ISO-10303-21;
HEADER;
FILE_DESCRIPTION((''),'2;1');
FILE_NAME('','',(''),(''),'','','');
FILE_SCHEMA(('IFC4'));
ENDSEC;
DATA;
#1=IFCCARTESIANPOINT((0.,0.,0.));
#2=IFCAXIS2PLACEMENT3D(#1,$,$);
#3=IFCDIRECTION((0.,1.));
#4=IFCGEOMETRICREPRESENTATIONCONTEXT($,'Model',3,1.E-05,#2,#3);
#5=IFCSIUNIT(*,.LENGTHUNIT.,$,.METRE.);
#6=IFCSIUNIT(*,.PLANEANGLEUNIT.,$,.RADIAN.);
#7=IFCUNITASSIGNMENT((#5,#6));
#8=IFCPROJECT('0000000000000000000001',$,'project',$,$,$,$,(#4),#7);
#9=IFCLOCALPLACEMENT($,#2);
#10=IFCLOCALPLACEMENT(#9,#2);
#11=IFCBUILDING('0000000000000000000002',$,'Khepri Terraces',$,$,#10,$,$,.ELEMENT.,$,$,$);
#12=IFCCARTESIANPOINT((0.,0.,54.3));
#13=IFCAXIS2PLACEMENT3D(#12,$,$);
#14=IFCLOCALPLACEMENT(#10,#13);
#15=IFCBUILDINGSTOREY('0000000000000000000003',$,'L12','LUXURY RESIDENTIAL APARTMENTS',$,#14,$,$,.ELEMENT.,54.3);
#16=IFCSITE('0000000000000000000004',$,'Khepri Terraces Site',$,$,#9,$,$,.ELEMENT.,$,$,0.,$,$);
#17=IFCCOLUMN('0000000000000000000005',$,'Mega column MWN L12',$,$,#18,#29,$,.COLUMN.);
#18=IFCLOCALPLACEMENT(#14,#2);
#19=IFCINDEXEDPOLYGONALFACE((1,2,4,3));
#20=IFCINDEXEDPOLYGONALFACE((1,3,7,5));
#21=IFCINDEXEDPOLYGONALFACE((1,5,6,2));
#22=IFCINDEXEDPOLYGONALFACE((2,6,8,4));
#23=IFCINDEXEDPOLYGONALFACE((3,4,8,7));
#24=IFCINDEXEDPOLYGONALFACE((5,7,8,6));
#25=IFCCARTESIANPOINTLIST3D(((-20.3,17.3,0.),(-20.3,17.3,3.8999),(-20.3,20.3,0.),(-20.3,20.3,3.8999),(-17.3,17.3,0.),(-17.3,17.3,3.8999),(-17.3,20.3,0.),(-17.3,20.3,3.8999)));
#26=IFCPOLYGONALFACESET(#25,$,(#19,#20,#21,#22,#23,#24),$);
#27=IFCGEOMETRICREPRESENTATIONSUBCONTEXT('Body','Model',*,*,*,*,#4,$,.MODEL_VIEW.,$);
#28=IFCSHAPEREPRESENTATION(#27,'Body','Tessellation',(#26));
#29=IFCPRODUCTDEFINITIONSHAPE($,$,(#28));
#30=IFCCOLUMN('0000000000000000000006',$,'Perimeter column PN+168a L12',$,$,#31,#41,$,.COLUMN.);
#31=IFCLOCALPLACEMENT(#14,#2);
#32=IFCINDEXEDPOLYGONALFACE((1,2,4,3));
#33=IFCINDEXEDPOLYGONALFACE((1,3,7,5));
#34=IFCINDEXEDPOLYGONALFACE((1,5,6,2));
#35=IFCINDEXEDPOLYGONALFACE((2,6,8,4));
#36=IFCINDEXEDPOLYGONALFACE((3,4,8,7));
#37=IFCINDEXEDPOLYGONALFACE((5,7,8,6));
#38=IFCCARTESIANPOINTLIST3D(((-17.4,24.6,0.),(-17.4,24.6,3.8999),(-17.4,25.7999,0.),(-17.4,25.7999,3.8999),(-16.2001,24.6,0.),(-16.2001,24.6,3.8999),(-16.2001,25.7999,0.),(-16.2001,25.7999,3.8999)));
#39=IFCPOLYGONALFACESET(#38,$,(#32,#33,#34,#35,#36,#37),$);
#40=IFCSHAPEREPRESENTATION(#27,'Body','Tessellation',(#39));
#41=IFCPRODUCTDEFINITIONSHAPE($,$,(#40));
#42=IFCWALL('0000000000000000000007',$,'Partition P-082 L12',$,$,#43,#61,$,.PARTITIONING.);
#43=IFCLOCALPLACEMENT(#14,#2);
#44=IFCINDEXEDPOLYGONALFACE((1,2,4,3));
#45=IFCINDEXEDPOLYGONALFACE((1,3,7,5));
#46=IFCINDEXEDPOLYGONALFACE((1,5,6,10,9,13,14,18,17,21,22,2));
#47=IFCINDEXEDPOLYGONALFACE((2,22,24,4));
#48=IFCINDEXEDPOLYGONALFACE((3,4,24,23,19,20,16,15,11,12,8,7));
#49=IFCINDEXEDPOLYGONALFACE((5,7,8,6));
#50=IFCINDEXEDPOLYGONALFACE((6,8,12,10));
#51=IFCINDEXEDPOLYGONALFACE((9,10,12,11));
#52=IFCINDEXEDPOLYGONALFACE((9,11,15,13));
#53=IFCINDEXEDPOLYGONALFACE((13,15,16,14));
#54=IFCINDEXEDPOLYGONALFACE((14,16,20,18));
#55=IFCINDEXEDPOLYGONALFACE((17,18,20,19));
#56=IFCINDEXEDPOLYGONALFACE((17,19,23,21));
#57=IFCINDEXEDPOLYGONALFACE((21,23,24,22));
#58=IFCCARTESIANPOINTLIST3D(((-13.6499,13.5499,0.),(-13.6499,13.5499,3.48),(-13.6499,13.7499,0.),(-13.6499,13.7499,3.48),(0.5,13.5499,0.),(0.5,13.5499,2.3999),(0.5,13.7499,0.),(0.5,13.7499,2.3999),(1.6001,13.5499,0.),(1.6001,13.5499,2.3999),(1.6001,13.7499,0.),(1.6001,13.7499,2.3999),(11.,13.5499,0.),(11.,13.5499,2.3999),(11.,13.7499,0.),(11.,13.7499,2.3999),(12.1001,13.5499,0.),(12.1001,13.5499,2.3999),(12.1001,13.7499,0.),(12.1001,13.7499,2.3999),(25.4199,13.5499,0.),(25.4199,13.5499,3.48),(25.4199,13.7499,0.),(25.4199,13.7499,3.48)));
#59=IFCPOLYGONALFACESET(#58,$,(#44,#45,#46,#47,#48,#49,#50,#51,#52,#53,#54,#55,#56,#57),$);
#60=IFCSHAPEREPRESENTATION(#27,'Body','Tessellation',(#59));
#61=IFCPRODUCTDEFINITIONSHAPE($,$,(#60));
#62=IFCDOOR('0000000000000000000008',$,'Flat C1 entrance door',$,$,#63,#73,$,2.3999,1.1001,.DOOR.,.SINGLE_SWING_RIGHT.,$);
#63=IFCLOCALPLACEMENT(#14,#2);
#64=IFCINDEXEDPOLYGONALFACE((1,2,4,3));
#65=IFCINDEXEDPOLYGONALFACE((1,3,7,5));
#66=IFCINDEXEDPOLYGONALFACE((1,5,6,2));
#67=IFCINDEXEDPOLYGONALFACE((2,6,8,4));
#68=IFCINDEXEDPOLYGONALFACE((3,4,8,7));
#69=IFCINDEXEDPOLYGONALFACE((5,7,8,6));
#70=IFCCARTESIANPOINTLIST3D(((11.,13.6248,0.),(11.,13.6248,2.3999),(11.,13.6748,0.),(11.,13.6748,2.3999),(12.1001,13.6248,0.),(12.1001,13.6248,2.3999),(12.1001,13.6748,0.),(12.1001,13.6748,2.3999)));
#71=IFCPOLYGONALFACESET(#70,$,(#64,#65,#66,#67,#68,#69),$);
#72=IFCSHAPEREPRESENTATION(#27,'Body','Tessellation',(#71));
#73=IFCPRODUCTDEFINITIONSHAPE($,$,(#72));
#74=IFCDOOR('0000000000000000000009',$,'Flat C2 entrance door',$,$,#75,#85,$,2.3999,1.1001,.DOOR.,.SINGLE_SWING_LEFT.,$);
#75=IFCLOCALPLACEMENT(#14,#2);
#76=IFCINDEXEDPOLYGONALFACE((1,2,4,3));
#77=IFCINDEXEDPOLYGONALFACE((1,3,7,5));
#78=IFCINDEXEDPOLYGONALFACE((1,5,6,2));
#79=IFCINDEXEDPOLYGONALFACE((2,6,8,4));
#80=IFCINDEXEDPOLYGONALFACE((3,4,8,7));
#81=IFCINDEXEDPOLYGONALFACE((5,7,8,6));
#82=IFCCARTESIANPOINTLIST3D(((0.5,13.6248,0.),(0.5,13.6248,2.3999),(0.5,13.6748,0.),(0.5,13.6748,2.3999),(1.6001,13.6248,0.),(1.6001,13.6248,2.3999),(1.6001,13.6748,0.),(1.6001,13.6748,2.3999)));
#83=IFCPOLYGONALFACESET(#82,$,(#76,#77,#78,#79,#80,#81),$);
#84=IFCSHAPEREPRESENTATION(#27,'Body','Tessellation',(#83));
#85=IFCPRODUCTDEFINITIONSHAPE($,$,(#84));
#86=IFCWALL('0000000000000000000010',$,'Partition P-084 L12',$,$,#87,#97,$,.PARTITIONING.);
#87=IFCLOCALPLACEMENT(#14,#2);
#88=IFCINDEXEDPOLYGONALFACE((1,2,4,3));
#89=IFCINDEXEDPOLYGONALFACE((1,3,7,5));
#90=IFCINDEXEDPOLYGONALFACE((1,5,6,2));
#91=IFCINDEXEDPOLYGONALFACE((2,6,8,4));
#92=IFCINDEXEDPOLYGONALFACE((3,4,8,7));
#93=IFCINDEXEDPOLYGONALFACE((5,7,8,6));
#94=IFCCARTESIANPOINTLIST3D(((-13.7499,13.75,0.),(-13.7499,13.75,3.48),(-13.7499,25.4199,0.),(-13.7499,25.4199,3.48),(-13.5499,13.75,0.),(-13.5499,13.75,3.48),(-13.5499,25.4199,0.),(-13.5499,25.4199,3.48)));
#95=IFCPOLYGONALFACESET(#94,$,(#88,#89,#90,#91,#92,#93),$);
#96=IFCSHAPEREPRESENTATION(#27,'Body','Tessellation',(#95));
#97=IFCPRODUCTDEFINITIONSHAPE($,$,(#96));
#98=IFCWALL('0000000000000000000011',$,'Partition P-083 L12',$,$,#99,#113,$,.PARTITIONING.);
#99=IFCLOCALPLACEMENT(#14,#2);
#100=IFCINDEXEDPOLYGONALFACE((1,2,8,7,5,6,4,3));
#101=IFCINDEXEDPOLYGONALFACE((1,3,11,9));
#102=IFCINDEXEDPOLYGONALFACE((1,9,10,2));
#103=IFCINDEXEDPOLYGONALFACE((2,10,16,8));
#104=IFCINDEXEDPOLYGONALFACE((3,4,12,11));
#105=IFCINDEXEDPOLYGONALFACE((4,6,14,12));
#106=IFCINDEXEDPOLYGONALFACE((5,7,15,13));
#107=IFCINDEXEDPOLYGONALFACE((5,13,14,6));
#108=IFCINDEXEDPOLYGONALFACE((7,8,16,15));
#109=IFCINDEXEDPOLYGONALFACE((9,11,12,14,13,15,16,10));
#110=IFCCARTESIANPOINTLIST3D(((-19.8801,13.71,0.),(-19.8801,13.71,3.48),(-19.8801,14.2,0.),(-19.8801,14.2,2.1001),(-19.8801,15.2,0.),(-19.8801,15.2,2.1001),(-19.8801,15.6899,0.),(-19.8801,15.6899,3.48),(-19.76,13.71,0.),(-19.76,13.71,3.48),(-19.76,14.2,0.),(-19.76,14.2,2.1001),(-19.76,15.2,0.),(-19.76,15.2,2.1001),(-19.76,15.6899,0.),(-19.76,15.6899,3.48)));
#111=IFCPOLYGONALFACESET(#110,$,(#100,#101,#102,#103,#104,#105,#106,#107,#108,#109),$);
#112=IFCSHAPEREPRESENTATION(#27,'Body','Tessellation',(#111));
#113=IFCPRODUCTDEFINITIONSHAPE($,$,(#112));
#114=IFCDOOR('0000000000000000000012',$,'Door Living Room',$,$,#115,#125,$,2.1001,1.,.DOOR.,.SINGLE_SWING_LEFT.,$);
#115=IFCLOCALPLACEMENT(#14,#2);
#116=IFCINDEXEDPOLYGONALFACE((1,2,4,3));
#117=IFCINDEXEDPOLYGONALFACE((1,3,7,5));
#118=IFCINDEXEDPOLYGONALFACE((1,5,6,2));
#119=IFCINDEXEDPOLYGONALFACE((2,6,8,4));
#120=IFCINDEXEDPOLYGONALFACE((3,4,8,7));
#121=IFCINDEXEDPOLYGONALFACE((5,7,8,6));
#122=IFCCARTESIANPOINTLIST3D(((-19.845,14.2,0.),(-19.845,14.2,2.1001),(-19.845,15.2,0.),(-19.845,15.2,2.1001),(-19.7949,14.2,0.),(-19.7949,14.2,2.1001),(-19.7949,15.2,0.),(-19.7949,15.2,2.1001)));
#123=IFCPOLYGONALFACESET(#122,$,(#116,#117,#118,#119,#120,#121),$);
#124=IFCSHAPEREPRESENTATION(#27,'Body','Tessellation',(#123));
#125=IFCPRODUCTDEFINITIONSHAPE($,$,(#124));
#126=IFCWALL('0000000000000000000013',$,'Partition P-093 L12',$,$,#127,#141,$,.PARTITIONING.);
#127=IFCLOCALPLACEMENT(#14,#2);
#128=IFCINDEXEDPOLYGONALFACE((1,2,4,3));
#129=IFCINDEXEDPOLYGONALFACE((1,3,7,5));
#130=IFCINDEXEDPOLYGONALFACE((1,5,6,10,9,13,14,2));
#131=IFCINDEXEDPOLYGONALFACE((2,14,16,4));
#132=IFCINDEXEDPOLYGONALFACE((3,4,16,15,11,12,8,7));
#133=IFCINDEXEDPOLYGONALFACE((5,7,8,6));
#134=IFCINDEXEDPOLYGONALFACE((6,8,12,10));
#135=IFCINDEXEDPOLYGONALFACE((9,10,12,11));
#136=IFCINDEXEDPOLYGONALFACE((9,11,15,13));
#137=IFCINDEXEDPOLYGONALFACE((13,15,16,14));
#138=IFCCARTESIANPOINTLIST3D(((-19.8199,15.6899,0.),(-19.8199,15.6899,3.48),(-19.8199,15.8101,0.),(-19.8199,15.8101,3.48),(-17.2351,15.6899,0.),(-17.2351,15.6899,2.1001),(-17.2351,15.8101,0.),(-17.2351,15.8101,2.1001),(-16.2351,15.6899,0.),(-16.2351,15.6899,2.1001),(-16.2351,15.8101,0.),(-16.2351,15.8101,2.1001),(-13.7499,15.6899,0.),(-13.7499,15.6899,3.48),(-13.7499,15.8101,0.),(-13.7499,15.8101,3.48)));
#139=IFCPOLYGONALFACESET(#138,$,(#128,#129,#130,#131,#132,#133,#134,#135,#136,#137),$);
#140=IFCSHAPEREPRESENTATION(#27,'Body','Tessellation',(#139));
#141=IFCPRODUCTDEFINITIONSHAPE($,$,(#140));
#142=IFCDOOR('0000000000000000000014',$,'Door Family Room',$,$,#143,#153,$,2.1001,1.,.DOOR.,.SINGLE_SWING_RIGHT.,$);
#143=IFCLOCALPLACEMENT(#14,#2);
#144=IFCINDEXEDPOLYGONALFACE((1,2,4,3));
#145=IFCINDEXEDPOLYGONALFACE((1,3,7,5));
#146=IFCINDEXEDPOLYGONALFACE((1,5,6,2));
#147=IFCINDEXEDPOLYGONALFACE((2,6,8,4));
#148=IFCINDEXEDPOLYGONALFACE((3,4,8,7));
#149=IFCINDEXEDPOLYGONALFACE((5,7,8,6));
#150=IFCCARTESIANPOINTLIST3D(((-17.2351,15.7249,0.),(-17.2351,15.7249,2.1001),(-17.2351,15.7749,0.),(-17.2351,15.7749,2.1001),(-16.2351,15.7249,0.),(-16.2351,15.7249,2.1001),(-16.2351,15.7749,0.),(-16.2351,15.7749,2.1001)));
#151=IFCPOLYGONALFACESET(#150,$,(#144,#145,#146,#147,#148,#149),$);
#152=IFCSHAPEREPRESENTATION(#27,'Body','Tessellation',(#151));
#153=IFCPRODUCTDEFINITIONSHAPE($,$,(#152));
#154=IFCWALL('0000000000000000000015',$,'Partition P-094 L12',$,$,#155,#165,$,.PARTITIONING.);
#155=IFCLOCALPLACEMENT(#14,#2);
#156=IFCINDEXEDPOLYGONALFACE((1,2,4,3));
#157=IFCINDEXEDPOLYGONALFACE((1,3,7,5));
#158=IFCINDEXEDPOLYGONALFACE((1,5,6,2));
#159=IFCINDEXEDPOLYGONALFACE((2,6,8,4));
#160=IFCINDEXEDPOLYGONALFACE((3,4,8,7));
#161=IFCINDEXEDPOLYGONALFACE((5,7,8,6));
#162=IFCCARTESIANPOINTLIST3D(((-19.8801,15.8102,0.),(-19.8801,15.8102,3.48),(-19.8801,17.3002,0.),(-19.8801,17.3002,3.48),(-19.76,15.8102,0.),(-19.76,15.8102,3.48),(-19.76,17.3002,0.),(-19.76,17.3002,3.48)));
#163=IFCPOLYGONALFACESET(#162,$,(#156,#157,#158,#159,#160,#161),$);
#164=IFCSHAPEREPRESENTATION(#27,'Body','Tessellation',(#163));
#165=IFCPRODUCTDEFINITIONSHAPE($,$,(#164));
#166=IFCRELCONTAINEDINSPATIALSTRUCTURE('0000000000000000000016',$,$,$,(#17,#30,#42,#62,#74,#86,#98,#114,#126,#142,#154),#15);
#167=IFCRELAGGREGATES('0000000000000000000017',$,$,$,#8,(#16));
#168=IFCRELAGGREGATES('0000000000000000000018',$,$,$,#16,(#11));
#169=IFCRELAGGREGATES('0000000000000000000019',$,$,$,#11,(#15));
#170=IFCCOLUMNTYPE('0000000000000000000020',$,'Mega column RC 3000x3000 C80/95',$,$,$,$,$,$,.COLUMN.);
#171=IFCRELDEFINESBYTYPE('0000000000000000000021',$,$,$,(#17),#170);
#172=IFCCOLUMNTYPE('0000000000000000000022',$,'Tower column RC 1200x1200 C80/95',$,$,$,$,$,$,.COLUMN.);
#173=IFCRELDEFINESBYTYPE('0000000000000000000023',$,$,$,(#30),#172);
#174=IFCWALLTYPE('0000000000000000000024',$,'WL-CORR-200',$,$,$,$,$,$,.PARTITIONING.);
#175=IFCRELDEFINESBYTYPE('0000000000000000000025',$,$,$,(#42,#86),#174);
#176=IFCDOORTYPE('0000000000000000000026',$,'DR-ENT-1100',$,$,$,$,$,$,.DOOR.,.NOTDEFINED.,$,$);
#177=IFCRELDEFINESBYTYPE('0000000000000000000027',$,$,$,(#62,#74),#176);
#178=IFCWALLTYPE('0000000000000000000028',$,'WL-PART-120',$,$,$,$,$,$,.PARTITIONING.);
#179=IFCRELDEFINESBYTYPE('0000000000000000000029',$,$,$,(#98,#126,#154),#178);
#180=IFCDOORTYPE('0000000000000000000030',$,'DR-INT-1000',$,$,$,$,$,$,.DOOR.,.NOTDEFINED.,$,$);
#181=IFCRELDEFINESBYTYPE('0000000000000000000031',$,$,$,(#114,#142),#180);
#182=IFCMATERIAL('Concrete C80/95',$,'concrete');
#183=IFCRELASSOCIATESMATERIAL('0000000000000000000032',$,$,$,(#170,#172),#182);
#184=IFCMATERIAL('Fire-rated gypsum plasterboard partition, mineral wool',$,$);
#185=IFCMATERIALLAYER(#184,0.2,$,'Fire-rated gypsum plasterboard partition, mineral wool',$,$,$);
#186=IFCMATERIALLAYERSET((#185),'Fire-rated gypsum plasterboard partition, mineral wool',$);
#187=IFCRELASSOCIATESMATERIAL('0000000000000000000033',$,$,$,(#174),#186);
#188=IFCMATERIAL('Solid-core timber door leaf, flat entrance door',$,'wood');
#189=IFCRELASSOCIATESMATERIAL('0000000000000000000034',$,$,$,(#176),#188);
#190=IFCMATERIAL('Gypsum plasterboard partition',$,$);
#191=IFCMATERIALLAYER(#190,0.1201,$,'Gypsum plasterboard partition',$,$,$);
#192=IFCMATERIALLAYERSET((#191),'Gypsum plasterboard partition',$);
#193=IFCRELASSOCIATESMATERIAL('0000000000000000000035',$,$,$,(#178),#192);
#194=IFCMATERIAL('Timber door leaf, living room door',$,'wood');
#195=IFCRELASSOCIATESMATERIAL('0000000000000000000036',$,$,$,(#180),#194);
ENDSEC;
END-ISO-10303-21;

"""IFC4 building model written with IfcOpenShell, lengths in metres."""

from ifc_helpers import new_model, si_unit, direction, frame, frame_2d, origin, origin_2d, place, context, subcontext, project, spatial, rectangle, extrude, material, layer, layer_set, material_profile, profile_set, type_object, element, fill, save


model = new_model("IFC4")

# Units and contexts
model_context = context("Model", 3, precision=1e-05, world=origin(), true_north=direction((0.0, 1.0)))
body_context = subcontext(model_context, "Body", "Model", "MODEL_VIEW")
ifc_project = project(units=[si_unit("LENGTHUNIT", "METRE"), si_unit("PLANEANGLEUNIT", "RADIAN")], contexts=[model_context])

# Site, building, storey
site_placement = place(None, origin())
site = spatial("IfcSite", under=ifc_project, at=site_placement, Name="Khepri Terraces Site", CompositionType="ELEMENT", RefElevation=0.0)
building_placement = place(site_placement, origin())
building = spatial("IfcBuilding", under=site, at=building_placement, Name="Khepri Terraces", CompositionType="ELEMENT")
storey_placement = place(building_placement, frame((0.0, 0.0, 54.3)))
storey = spatial("IfcBuildingStorey", under=building, at=storey_placement, Name="L12", Description="LUXURY RESIDENTIAL APARTMENTS", CompositionType="ELEMENT", Elevation=54.3)

# Columns
ifc_material_1 = material(Name="Concrete C80/95", Category="concrete")
ifc_material_profile_1 = material_profile(ifc_material_1, rectangle(XDim=3.0, YDim=3.0, at=origin_2d()), Name="Concrete C80/95", Category="concrete")
ifc_profile_set_1 = profile_set([ifc_material_profile_1], Name="Concrete C80/95")
column_type_1 = type_object("IfcColumnType", Name="Mega column RC 3000x3000 C80/95", PredefinedType="COLUMN", material=ifc_profile_set_1)
column_1_placement = place(storey_placement, frame((-18.8, 18.8, 0.0), z_axis=(0.0, 0.0, 1.0), x_axis=(1.0, 0.0, 0.0)))
element("IfcColumn", 1, at=column_1_placement, inside=storey, type_object=column_type_1, Name="Mega column MWN L12", PredefinedType="COLUMN", context=body_context, shape_type="SweptSolid", body=[
    extrude(rectangle(XDim=3.0, YDim=3.0, at=origin_2d()), origin(), (0.0, 0.0, 1.0), 3.8999),
])
ifc_material_profile_2 = material_profile(ifc_material_1, rectangle(XDim=1.2, YDim=1.2, at=origin_2d()), Name="Concrete C80/95", Category="concrete")
ifc_profile_set_2 = profile_set([ifc_material_profile_2], Name="Concrete C80/95")
column_type_2 = type_object("IfcColumnType", Name="Tower column RC 1200x1200 C80/95", PredefinedType="COLUMN", material=ifc_profile_set_2)
column_2_placement = place(storey_placement, frame((-16.8, 25.2, 0.0), z_axis=(0.0, 0.0, 1.0), x_axis=(1.0, 0.0, 0.0)))
element("IfcColumn", 2, at=column_2_placement, inside=storey, type_object=column_type_2, Name="Perimeter column PN+168a L12", PredefinedType="COLUMN", context=body_context, shape_type="SweptSolid", body=[
    extrude(rectangle(XDim=1.2, YDim=1.2, at=origin_2d()), origin(), (0.0, 0.0, 1.0), 3.8999),
])

# Wall, openings, doors
ifc_material_2 = material(Name="Fire-rated gypsum plasterboard partition, mineral wool")
ifc_layer_1 = layer(ifc_material_2, 0.2, Name="Fire-rated gypsum plasterboard partition, mineral wool")
ifc_layer_set_1 = layer_set([ifc_layer_1], Name="Fire-rated gypsum plasterboard partition, mineral wool")
wall_type_1 = type_object("IfcWallType", Name="WL-CORR-200", PredefinedType="PARTITIONING", material=ifc_layer_set_1)
wall_1_placement = place(storey_placement, frame((-13.6499, 13.6499, 0.0), z_axis=(0.0, 0.0, 1.0), x_axis=(1.0, 0.0, 0.0)))
wall_1 = element("IfcWall", 3, at=wall_1_placement, inside=storey, type_object=wall_type_1, Name="Partition P-082 L12", PredefinedType="PARTITIONING", context=body_context, shape_type="SweptSolid", body=[
    extrude(rectangle(XDim=39.0698, YDim=0.2, at=frame_2d((19.5349, 0.0))), origin(), (0.0, 0.0, 1.0), 3.48),
])
opening_1_placement = place(wall_1_placement, frame((24.6499, 0.0, 0.0)))
opening_1 = element("IfcOpeningElement", 4, at=opening_1_placement, cuts=wall_1, PredefinedType="OPENING", context=body_context, shape_type="SweptSolid", body=[
    extrude(rectangle(XDim=1.1001, YDim=2.3999, at=frame_2d((0.55, 1.2))), frame((0.0, 0.1099, 0.0), z_axis=(0.0, -1.0, 0.0), x_axis=(1.0, 0.0, 0.0)), (0.0, 0.0, 1.0), 0.22),
])
opening_2_placement = place(wall_1_placement, frame((14.1499, 0.0, 0.0)))
opening_2 = element("IfcOpeningElement", 5, at=opening_2_placement, cuts=wall_1, PredefinedType="OPENING", context=body_context, shape_type="SweptSolid", body=[
    extrude(rectangle(XDim=1.1001, YDim=2.3999, at=frame_2d((0.55, 1.2))), frame((0.0, 0.1099, 0.0), z_axis=(0.0, -1.0, 0.0), x_axis=(1.0, 0.0, 0.0)), (0.0, 0.0, 1.0), 0.22),
])
ifc_material_3 = material(Name="Solid-core timber door leaf, flat entrance door", Category="wood")
door_type_1 = type_object("IfcDoorType", Name="DR-ENT-1100", OperationType="NOTDEFINED", PredefinedType="DOOR", material=ifc_material_3)
door_1_placement = place(opening_1_placement, origin())
door_1 = element("IfcDoor", 6, at=door_1_placement, inside=storey, type_object=door_type_1, Name="Flat C1 entrance door", OperationType="SINGLE_SWING_RIGHT", OverallHeight=2.3999, OverallWidth=1.1001, PredefinedType="DOOR", context=body_context, shape_type="SweptSolid", body=[
    extrude(rectangle(XDim=1.1001, YDim=2.3999, at=frame_2d((0.55, 1.2))), frame((0.0, 0.0249, 0.0), z_axis=(0.0, -1.0, 0.0), x_axis=(1.0, 0.0, 0.0)), (0.0, 0.0, 1.0), 0.05),
])
fill(opening_1, door_1)
door_2_placement = place(opening_2_placement, origin())
door_2 = element("IfcDoor", 7, at=door_2_placement, inside=storey, type_object=door_type_1, Name="Flat C2 entrance door", OperationType="SINGLE_SWING_LEFT", OverallHeight=2.3999, OverallWidth=1.1001, PredefinedType="DOOR", context=body_context, shape_type="SweptSolid", body=[
    extrude(rectangle(XDim=1.1001, YDim=2.3999, at=frame_2d((0.55, 1.2))), frame((0.0, 0.0249, 0.0), z_axis=(0.0, -1.0, 0.0), x_axis=(1.0, 0.0, 0.0)), (0.0, 0.0, 1.0), 0.05),
])
fill(opening_2, door_2)

# Wall
wall_2_placement = place(storey_placement, frame((-13.6499, 13.75, 0.0), z_axis=(0.0, 0.0, 1.0), x_axis=(0.0, 1.0, 0.0)))
element("IfcWall", 8, at=wall_2_placement, inside=storey, type_object=wall_type_1, Name="Partition P-084 L12", PredefinedType="PARTITIONING", context=body_context, shape_type="SweptSolid", body=[
    extrude(rectangle(XDim=11.6699, YDim=0.2, at=frame_2d((5.835, 0.0))), origin(), (0.0, 0.0, 1.0), 3.48),
])

# Walls, openings, doors
ifc_material_4 = material(Name="Gypsum plasterboard partition")
ifc_layer_2 = layer(ifc_material_4, 0.1201, Name="Gypsum plasterboard partition")
ifc_layer_set_2 = layer_set([ifc_layer_2], Name="Gypsum plasterboard partition")
wall_type_2 = type_object("IfcWallType", Name="WL-PART-120", PredefinedType="PARTITIONING", material=ifc_layer_set_2)
wall_3_placement = place(storey_placement, frame((-19.8201, 13.71, 0.0), z_axis=(0.0, 0.0, 1.0), x_axis=(0.0, 1.0, 0.0)))
wall_3 = element("IfcWall", 9, at=wall_3_placement, inside=storey, type_object=wall_type_2, Name="Partition P-083 L12", PredefinedType="PARTITIONING", context=body_context, shape_type="SweptSolid", body=[
    extrude(rectangle(XDim=1.98, YDim=0.1201, at=frame_2d((0.99, 0.0))), origin(), (0.0, 0.0, 1.0), 3.48),
])
opening_3_placement = place(wall_3_placement, frame((0.49, 0.0, 0.0)))
opening_3 = element("IfcOpeningElement", 10, at=opening_3_placement, cuts=wall_3, PredefinedType="OPENING", context=body_context, shape_type="SweptSolid", body=[
    extrude(rectangle(XDim=1.0, YDim=2.1001, at=frame_2d((0.5, 1.05))), frame((0.0, 0.0701, 0.0), z_axis=(0.0, -1.0, 0.0), x_axis=(1.0, 0.0, 0.0)), (0.0, 0.0, 1.0), 0.1401),
])
ifc_material_5 = material(Name="Timber door leaf, living room door", Category="wood")
door_type_2 = type_object("IfcDoorType", Name="DR-INT-1000", OperationType="NOTDEFINED", PredefinedType="DOOR", material=ifc_material_5)
door_3_placement = place(opening_3_placement, origin())
door_3 = element("IfcDoor", 11, at=door_3_placement, inside=storey, type_object=door_type_2, Name="Door Living Room", OperationType="SINGLE_SWING_LEFT", OverallHeight=2.1001, OverallWidth=1.0, PredefinedType="DOOR", context=body_context, shape_type="SweptSolid", body=[
    extrude(rectangle(XDim=1.0, YDim=2.1001, at=frame_2d((0.5, 1.05))), frame((0.0, 0.0249, 0.0), z_axis=(0.0, -1.0, 0.0), x_axis=(1.0, 0.0, 0.0)), (0.0, 0.0, 1.0), 0.05),
])
fill(opening_3, door_3)
wall_4_placement = place(storey_placement, frame((-19.8201, 15.75, 0.0), z_axis=(0.0, 0.0, 1.0), x_axis=(1.0, 0.0, 0.0)))
wall_4 = element("IfcWall", 12, at=wall_4_placement, inside=storey, type_object=wall_type_2, Name="Partition P-093 L12", PredefinedType="PARTITIONING", context=body_context, shape_type="SweptSolid", body=[
    extrude(rectangle(XDim=6.0701, YDim=0.1201, at=frame_2d((3.0352, 0.0))), origin(), (0.0, 0.0, 1.0), 3.48),
])
opening_4_placement = place(wall_4_placement, frame((2.585, 0.0, 0.0)))
opening_4 = element("IfcOpeningElement", 13, at=opening_4_placement, cuts=wall_4, PredefinedType="OPENING", context=body_context, shape_type="SweptSolid", body=[
    extrude(rectangle(XDim=1.0, YDim=2.1001, at=frame_2d((0.5, 1.05))), frame((0.0, 0.0701, 0.0), z_axis=(0.0, -1.0, 0.0), x_axis=(1.0, 0.0, 0.0)), (0.0, 0.0, 1.0), 0.1401),
])
door_4_placement = place(opening_4_placement, origin())
door_4 = element("IfcDoor", 14, at=door_4_placement, inside=storey, type_object=door_type_2, Name="Door Family Room", OperationType="SINGLE_SWING_RIGHT", OverallHeight=2.1001, OverallWidth=1.0, PredefinedType="DOOR", context=body_context, shape_type="SweptSolid", body=[
    extrude(rectangle(XDim=1.0, YDim=2.1001, at=frame_2d((0.5, 1.05))), frame((0.0, 0.0249, 0.0), z_axis=(0.0, -1.0, 0.0), x_axis=(1.0, 0.0, 0.0)), (0.0, 0.0, 1.0), 0.05),
])
fill(opening_4, door_4)

# Wall
wall_5_placement = place(storey_placement, frame((-19.8201, 15.8101, 0.0), z_axis=(0.0, 0.0, 1.0), x_axis=(0.0, 1.0, 0.0)))
element("IfcWall", 15, at=wall_5_placement, inside=storey, type_object=wall_type_2, Name="Partition P-094 L12", PredefinedType="PARTITIONING", context=body_context, shape_type="SweptSolid", body=[
    extrude(rectangle(XDim=1.49, YDim=0.1201, at=frame_2d((0.7451, 0.0))), origin(), (0.0, 0.0, 1.0), 3.48),
])

save(model, "model.ifc")
